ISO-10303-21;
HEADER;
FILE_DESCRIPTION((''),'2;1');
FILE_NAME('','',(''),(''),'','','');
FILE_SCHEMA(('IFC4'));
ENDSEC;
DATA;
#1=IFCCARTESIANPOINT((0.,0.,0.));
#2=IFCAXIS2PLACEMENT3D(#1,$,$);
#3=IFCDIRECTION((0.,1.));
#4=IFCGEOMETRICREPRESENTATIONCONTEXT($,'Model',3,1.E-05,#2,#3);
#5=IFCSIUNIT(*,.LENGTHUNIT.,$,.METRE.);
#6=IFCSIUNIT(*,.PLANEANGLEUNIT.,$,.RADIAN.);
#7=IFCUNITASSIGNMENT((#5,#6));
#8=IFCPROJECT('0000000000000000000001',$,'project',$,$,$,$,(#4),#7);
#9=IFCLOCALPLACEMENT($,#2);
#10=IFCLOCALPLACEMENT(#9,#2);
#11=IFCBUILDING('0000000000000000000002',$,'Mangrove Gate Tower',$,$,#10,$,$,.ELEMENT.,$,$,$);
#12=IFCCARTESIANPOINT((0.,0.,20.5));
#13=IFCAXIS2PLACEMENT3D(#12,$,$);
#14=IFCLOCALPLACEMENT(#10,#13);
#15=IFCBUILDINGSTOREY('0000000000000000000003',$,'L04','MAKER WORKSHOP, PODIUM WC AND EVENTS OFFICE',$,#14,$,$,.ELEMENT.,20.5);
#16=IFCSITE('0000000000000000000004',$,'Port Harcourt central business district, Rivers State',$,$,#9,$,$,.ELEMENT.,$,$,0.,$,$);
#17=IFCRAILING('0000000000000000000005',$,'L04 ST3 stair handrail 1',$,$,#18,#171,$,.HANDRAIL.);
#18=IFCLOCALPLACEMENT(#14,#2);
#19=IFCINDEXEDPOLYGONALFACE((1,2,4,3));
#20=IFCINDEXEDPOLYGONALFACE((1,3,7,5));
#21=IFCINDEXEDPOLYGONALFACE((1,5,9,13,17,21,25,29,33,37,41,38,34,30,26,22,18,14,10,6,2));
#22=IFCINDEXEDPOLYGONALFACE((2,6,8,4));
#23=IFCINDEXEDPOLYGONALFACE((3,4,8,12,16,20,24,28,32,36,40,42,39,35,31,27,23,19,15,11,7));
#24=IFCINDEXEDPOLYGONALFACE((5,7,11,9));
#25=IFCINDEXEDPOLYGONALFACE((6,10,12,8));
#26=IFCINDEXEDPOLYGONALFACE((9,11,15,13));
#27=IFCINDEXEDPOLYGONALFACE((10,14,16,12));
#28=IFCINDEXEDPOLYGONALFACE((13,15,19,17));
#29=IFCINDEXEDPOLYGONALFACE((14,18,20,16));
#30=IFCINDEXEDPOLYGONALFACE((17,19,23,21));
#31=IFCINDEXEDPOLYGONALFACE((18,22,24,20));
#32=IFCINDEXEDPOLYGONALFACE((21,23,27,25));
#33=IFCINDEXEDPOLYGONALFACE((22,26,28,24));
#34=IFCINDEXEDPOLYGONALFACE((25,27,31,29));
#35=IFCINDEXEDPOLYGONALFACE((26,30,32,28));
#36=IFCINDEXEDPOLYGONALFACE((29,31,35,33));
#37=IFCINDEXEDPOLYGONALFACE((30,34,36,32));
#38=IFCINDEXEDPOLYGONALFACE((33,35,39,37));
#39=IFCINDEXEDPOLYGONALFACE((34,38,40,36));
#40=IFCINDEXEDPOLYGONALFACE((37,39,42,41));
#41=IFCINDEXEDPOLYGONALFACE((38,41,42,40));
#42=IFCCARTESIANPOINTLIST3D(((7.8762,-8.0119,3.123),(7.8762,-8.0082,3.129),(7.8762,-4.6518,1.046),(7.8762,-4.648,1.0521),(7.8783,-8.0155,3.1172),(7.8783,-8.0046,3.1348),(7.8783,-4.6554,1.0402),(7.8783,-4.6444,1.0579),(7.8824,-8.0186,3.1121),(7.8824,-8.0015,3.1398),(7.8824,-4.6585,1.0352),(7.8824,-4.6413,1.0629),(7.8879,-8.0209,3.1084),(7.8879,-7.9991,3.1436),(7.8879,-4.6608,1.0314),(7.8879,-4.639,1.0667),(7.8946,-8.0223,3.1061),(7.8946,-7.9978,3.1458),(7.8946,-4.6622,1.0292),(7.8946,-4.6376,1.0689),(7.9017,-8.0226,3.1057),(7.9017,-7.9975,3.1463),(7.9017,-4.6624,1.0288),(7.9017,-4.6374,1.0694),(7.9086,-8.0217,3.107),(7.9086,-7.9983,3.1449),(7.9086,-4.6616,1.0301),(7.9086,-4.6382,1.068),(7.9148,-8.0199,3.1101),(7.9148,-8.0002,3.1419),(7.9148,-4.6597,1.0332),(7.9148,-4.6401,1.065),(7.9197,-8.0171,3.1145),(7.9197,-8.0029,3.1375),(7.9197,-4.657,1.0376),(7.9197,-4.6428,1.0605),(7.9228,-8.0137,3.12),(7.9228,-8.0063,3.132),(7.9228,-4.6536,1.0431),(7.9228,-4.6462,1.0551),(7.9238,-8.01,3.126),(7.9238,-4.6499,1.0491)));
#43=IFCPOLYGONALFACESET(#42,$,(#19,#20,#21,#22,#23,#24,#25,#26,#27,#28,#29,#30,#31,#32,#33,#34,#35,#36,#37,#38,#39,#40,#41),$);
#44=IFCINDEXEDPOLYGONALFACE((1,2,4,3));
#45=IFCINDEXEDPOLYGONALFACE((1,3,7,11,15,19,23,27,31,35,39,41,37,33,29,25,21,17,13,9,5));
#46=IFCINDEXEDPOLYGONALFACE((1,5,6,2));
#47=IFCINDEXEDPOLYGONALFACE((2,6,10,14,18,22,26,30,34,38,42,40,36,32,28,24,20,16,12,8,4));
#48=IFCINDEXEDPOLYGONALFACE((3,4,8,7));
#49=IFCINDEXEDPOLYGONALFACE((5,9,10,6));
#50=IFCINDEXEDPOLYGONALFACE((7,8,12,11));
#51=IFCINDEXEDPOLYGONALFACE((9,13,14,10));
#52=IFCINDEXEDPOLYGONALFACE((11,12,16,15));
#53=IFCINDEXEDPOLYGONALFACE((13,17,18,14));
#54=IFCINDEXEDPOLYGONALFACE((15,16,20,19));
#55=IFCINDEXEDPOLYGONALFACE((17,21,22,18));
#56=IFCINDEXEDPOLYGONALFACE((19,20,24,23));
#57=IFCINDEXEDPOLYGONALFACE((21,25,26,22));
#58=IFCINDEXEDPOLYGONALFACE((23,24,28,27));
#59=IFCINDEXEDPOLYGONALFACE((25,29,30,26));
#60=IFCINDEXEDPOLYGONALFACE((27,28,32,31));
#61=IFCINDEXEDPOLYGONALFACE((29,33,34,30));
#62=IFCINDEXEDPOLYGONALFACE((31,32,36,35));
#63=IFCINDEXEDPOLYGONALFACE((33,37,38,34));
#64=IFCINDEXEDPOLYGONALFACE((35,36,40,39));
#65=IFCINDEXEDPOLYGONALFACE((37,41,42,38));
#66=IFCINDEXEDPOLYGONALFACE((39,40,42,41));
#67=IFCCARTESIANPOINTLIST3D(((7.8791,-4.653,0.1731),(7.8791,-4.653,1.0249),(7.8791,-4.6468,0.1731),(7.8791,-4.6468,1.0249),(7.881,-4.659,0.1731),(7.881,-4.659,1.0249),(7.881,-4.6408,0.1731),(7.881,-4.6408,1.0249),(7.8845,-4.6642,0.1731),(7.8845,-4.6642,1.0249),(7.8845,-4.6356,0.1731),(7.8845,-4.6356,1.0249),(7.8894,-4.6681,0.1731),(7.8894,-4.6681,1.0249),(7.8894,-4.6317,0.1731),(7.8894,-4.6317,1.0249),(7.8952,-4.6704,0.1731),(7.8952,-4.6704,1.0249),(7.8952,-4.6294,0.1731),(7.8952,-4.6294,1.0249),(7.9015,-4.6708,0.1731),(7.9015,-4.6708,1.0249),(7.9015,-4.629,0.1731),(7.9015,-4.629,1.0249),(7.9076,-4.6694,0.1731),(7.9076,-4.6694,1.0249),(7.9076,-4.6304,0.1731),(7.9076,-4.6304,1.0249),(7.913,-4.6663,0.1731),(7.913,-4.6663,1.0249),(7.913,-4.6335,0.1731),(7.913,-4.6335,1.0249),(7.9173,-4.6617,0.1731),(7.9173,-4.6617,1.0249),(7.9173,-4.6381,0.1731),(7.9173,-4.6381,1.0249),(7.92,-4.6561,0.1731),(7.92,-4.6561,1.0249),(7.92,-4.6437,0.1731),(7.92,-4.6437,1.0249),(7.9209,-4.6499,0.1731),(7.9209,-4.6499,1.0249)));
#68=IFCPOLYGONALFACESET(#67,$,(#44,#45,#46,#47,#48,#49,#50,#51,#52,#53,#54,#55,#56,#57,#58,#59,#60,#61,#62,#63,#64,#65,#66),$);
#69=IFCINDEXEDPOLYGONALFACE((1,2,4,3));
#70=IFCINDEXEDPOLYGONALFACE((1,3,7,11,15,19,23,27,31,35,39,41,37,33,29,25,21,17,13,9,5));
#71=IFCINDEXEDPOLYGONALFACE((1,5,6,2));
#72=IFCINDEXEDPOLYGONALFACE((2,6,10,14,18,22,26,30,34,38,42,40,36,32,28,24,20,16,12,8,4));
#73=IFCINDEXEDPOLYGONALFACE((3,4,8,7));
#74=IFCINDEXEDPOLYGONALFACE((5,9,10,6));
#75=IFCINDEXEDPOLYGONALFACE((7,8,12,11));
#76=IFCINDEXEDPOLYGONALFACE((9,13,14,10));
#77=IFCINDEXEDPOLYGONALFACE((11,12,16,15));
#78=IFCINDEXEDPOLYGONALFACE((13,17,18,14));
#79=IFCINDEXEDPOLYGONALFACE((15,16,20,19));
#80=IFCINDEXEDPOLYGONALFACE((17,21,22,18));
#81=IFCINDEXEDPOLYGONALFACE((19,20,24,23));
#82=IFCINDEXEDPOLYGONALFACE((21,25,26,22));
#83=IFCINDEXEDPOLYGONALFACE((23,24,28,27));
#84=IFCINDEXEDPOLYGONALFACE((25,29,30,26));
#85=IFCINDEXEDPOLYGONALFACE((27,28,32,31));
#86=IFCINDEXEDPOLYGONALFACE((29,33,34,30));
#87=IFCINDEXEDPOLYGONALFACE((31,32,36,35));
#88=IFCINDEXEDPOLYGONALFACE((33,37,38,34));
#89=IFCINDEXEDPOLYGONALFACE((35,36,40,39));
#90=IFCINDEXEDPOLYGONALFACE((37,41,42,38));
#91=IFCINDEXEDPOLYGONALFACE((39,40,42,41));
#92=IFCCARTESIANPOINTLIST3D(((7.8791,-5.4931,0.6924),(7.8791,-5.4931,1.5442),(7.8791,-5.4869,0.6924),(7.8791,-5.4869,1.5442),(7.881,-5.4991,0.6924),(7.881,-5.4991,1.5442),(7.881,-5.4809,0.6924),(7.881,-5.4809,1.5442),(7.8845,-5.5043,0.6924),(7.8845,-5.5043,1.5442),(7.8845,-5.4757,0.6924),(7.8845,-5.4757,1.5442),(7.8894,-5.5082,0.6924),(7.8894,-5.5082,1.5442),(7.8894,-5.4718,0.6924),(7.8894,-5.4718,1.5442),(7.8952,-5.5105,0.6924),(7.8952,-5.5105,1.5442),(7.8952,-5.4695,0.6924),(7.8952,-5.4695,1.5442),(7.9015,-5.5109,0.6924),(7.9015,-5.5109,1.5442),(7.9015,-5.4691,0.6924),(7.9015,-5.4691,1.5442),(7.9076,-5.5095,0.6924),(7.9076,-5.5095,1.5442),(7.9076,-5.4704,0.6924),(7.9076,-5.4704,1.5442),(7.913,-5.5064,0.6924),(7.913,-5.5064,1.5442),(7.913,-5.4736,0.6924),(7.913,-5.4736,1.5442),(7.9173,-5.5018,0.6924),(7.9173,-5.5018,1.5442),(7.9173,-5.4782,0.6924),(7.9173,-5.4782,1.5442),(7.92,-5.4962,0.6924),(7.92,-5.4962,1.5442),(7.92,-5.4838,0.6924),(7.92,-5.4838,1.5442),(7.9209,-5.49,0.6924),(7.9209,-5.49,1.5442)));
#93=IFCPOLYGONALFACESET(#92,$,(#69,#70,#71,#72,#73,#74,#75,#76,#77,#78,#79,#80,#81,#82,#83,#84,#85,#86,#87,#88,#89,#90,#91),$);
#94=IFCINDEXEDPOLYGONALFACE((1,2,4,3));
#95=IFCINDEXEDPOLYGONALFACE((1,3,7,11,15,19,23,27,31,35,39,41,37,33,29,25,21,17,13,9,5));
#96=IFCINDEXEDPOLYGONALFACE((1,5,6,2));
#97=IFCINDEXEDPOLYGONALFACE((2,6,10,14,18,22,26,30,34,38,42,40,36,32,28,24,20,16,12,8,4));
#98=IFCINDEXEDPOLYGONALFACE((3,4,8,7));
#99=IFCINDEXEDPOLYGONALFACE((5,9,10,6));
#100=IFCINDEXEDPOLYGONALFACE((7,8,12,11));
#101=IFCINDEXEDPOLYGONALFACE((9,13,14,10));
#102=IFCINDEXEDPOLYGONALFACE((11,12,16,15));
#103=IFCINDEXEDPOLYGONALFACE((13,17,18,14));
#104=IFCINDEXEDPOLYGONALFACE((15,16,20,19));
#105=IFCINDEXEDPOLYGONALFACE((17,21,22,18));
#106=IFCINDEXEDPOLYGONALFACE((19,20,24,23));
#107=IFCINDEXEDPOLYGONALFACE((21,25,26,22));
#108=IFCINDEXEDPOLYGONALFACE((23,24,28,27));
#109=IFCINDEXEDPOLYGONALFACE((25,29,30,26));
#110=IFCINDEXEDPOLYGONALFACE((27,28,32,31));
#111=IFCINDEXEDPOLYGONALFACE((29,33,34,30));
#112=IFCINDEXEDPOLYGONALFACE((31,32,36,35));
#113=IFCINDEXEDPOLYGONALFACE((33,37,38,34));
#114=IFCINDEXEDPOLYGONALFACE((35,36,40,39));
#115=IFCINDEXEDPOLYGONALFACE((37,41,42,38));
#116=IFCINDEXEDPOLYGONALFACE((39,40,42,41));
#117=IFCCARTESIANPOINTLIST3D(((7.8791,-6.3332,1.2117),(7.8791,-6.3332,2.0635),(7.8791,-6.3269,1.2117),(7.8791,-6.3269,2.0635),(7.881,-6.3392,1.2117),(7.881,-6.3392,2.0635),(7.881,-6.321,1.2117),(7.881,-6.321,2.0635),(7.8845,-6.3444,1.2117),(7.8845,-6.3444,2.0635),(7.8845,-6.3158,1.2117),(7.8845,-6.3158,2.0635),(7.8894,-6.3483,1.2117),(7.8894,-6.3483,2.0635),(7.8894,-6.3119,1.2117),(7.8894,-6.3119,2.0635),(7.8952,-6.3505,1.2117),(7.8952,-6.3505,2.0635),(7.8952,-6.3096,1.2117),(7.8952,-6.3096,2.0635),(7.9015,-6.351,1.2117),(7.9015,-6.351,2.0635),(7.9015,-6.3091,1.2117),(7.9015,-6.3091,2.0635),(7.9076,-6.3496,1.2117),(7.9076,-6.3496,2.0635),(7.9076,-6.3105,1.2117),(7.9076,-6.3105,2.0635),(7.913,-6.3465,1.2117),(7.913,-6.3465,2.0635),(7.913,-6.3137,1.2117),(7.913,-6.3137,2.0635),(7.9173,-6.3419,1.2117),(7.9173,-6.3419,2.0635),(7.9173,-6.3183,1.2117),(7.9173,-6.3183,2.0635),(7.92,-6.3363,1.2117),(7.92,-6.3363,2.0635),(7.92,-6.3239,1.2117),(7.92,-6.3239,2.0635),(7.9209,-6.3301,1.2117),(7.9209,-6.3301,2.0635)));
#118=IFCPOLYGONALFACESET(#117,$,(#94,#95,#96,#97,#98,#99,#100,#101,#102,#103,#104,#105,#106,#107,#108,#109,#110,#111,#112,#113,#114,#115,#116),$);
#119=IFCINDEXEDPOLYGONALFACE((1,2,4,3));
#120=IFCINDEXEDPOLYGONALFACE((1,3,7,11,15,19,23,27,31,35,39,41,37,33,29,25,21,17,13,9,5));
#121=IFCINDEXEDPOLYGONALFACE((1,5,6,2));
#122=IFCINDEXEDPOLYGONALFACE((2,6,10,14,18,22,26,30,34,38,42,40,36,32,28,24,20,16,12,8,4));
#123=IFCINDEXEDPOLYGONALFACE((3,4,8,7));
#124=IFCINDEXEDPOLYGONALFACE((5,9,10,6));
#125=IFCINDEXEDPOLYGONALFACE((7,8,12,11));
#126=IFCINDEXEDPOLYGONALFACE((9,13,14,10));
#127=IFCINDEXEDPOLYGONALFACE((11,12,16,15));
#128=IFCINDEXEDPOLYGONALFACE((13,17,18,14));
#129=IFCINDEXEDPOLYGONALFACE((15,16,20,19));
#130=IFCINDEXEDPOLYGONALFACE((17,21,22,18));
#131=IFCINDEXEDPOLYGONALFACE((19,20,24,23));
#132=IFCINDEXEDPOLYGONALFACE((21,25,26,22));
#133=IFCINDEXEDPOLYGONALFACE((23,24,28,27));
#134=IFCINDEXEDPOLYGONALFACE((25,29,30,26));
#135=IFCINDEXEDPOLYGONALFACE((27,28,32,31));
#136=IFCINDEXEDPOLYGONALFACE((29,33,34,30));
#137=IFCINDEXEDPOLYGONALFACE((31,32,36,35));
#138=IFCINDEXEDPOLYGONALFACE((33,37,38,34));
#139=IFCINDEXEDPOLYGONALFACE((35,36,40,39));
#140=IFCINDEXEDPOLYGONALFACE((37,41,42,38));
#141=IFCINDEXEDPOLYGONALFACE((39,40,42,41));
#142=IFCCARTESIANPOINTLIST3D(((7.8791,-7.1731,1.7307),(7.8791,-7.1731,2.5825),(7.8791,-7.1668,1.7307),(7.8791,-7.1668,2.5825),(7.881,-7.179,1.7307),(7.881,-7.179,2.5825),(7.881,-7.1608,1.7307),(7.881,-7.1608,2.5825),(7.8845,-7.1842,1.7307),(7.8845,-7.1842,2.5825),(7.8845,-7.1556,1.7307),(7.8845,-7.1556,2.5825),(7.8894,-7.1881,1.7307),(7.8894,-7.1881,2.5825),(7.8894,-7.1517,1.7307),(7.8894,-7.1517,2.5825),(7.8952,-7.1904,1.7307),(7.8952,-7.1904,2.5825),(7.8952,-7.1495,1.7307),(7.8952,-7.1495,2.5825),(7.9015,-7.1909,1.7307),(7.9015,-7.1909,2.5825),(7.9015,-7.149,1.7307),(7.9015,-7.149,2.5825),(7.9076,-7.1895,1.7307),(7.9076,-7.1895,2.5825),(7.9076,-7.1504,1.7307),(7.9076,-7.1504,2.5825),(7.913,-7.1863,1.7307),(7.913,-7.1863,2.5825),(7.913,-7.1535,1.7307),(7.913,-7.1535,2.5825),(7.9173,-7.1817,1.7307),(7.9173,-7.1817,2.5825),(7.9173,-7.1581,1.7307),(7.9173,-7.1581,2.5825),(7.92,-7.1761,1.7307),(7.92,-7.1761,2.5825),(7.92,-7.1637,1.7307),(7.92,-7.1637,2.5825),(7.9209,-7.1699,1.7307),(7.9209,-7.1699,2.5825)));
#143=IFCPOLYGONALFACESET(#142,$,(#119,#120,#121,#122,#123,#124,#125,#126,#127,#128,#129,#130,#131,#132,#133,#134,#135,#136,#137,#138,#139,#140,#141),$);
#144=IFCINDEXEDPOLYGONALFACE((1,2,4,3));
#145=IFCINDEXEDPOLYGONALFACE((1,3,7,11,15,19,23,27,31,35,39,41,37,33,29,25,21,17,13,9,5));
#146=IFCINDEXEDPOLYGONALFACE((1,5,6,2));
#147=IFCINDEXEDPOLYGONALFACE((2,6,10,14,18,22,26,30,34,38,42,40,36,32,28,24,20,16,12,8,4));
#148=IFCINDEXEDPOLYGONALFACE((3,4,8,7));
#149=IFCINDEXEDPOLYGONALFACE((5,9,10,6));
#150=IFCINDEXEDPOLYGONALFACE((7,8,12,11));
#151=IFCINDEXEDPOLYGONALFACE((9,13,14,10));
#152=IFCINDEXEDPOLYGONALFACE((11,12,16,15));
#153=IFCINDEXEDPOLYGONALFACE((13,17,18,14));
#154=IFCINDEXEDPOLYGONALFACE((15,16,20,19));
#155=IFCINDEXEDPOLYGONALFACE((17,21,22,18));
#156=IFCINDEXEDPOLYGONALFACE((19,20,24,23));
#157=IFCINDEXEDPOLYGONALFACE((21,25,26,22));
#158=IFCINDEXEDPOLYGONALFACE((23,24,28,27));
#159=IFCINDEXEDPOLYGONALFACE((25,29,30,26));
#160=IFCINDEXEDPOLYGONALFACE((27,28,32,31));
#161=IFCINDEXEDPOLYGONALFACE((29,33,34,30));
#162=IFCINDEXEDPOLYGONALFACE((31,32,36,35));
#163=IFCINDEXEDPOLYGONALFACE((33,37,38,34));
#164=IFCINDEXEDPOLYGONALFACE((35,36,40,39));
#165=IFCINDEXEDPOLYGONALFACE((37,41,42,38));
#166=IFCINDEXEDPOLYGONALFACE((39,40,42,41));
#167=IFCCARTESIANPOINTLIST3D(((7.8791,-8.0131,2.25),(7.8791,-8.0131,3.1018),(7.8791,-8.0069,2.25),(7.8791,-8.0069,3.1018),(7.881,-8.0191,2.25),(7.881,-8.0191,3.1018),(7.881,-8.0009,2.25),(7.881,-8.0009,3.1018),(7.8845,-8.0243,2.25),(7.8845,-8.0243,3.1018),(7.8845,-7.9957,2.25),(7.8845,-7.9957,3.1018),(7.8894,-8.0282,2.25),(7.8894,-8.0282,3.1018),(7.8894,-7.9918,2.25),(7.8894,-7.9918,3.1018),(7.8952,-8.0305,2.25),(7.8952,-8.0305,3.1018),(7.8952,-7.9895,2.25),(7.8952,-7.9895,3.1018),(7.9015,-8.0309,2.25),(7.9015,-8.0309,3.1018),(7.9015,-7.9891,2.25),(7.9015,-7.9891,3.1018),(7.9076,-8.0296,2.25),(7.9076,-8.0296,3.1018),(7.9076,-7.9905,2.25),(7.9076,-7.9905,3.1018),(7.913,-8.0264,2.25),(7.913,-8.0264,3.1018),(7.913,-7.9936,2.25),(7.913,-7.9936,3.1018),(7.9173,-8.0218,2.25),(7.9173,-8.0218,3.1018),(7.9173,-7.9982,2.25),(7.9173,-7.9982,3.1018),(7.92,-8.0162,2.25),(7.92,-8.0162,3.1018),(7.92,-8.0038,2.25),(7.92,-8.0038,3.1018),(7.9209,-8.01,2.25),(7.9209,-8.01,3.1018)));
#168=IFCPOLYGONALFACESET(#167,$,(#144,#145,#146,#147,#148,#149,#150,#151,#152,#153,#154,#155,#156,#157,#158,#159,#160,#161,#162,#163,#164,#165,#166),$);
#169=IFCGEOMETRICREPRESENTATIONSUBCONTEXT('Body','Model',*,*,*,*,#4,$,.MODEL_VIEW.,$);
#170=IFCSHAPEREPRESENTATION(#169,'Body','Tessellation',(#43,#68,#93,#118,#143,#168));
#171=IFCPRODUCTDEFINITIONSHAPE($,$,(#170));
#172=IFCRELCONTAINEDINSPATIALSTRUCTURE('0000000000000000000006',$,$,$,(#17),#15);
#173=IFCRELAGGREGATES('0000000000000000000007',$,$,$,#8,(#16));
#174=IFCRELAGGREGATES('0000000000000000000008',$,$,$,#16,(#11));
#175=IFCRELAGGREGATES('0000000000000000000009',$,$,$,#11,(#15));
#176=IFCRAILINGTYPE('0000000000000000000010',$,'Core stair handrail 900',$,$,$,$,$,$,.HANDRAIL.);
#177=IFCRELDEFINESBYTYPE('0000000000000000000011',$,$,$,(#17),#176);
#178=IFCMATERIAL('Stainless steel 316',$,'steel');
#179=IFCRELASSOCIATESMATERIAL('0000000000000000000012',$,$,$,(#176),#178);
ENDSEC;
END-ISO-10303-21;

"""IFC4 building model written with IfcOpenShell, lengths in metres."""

from ifc_helpers import new_model, si_unit, direction, frame, origin, origin_2d, place, context, subcontext, project, spatial, circle, extrude, material, type_object, element, save


model = new_model("IFC4")

# Units and contexts
model_context = context("Model", 3, precision=1e-05, world=origin(), true_north=direction((0.0, 1.0)))
body_context = subcontext(model_context, "Body", "Model", "MODEL_VIEW")
ifc_project = project(units=[si_unit("LENGTHUNIT", "METRE"), si_unit("PLANEANGLEUNIT", "RADIAN")], contexts=[model_context])

# Site, building, storey
site_placement = place(None, origin())
site = spatial("IfcSite", under=ifc_project, at=site_placement, Name="Port Harcourt central business district, Rivers State", CompositionType="ELEMENT", RefElevation=0.0)
building_placement = place(site_placement, origin())
building = spatial("IfcBuilding", under=site, at=building_placement, Name="Mangrove Gate Tower", CompositionType="ELEMENT")
storey_placement = place(building_placement, frame((0.0, 0.0, 20.5)))
storey = spatial("IfcBuildingStorey", under=building, at=storey_placement, Name="L04", Description="MAKER WORKSHOP, PODIUM WC AND EVENTS OFFICE", CompositionType="ELEMENT", Elevation=20.5)

# Railing
ifc_material_1 = material(Name="Stainless steel 316", Category="steel")
railing_type_1 = type_object("IfcRailingType", Name="Core stair handrail 900", PredefinedType="HANDRAIL", material=ifc_material_1)
railing_1_placement = place(storey_placement, frame((7.8999, -4.6499, 0.1731)))
element("IfcRailing", 1, at=railing_1_placement, inside=storey, type_object=railing_type_1, Name="L04 ST3 stair handrail 1", PredefinedType="HANDRAIL", context=body_context, shape_type="SweptSolid", body=[
    extrude(circle(Radius=0.0239, at=origin_2d()), frame((0.0, 0.0, 0.876), z_axis=(0.0, -0.850623, 0.525776), x_axis=(1.0, 0.0, 0.0)), (0.0, 0.0, 1.0), 3.9502),
    extrude(circle(Radius=0.021, at=origin_2d()), origin(), (0.0, 0.0, 1.0), 0.8518),
    extrude(circle(Radius=0.021, at=origin_2d()), frame((0.0, -0.8401, 0.5193)), (0.0, 0.0, 1.0), 0.8518),
    extrude(circle(Radius=0.021, at=origin_2d()), frame((0.0, -1.6802, 1.0386)), (0.0, 0.0, 1.0), 0.8518),
    extrude(circle(Radius=0.021, at=origin_2d()), frame((0.0, -2.52, 1.5576)), (0.0, 0.0, 1.0), 0.8518),
    extrude(circle(Radius=0.021, at=origin_2d()), frame((0.0, -3.3601, 2.0769)), (0.0, 0.0, 1.0), 0.8518),
])

save(model, "model.ifc")
